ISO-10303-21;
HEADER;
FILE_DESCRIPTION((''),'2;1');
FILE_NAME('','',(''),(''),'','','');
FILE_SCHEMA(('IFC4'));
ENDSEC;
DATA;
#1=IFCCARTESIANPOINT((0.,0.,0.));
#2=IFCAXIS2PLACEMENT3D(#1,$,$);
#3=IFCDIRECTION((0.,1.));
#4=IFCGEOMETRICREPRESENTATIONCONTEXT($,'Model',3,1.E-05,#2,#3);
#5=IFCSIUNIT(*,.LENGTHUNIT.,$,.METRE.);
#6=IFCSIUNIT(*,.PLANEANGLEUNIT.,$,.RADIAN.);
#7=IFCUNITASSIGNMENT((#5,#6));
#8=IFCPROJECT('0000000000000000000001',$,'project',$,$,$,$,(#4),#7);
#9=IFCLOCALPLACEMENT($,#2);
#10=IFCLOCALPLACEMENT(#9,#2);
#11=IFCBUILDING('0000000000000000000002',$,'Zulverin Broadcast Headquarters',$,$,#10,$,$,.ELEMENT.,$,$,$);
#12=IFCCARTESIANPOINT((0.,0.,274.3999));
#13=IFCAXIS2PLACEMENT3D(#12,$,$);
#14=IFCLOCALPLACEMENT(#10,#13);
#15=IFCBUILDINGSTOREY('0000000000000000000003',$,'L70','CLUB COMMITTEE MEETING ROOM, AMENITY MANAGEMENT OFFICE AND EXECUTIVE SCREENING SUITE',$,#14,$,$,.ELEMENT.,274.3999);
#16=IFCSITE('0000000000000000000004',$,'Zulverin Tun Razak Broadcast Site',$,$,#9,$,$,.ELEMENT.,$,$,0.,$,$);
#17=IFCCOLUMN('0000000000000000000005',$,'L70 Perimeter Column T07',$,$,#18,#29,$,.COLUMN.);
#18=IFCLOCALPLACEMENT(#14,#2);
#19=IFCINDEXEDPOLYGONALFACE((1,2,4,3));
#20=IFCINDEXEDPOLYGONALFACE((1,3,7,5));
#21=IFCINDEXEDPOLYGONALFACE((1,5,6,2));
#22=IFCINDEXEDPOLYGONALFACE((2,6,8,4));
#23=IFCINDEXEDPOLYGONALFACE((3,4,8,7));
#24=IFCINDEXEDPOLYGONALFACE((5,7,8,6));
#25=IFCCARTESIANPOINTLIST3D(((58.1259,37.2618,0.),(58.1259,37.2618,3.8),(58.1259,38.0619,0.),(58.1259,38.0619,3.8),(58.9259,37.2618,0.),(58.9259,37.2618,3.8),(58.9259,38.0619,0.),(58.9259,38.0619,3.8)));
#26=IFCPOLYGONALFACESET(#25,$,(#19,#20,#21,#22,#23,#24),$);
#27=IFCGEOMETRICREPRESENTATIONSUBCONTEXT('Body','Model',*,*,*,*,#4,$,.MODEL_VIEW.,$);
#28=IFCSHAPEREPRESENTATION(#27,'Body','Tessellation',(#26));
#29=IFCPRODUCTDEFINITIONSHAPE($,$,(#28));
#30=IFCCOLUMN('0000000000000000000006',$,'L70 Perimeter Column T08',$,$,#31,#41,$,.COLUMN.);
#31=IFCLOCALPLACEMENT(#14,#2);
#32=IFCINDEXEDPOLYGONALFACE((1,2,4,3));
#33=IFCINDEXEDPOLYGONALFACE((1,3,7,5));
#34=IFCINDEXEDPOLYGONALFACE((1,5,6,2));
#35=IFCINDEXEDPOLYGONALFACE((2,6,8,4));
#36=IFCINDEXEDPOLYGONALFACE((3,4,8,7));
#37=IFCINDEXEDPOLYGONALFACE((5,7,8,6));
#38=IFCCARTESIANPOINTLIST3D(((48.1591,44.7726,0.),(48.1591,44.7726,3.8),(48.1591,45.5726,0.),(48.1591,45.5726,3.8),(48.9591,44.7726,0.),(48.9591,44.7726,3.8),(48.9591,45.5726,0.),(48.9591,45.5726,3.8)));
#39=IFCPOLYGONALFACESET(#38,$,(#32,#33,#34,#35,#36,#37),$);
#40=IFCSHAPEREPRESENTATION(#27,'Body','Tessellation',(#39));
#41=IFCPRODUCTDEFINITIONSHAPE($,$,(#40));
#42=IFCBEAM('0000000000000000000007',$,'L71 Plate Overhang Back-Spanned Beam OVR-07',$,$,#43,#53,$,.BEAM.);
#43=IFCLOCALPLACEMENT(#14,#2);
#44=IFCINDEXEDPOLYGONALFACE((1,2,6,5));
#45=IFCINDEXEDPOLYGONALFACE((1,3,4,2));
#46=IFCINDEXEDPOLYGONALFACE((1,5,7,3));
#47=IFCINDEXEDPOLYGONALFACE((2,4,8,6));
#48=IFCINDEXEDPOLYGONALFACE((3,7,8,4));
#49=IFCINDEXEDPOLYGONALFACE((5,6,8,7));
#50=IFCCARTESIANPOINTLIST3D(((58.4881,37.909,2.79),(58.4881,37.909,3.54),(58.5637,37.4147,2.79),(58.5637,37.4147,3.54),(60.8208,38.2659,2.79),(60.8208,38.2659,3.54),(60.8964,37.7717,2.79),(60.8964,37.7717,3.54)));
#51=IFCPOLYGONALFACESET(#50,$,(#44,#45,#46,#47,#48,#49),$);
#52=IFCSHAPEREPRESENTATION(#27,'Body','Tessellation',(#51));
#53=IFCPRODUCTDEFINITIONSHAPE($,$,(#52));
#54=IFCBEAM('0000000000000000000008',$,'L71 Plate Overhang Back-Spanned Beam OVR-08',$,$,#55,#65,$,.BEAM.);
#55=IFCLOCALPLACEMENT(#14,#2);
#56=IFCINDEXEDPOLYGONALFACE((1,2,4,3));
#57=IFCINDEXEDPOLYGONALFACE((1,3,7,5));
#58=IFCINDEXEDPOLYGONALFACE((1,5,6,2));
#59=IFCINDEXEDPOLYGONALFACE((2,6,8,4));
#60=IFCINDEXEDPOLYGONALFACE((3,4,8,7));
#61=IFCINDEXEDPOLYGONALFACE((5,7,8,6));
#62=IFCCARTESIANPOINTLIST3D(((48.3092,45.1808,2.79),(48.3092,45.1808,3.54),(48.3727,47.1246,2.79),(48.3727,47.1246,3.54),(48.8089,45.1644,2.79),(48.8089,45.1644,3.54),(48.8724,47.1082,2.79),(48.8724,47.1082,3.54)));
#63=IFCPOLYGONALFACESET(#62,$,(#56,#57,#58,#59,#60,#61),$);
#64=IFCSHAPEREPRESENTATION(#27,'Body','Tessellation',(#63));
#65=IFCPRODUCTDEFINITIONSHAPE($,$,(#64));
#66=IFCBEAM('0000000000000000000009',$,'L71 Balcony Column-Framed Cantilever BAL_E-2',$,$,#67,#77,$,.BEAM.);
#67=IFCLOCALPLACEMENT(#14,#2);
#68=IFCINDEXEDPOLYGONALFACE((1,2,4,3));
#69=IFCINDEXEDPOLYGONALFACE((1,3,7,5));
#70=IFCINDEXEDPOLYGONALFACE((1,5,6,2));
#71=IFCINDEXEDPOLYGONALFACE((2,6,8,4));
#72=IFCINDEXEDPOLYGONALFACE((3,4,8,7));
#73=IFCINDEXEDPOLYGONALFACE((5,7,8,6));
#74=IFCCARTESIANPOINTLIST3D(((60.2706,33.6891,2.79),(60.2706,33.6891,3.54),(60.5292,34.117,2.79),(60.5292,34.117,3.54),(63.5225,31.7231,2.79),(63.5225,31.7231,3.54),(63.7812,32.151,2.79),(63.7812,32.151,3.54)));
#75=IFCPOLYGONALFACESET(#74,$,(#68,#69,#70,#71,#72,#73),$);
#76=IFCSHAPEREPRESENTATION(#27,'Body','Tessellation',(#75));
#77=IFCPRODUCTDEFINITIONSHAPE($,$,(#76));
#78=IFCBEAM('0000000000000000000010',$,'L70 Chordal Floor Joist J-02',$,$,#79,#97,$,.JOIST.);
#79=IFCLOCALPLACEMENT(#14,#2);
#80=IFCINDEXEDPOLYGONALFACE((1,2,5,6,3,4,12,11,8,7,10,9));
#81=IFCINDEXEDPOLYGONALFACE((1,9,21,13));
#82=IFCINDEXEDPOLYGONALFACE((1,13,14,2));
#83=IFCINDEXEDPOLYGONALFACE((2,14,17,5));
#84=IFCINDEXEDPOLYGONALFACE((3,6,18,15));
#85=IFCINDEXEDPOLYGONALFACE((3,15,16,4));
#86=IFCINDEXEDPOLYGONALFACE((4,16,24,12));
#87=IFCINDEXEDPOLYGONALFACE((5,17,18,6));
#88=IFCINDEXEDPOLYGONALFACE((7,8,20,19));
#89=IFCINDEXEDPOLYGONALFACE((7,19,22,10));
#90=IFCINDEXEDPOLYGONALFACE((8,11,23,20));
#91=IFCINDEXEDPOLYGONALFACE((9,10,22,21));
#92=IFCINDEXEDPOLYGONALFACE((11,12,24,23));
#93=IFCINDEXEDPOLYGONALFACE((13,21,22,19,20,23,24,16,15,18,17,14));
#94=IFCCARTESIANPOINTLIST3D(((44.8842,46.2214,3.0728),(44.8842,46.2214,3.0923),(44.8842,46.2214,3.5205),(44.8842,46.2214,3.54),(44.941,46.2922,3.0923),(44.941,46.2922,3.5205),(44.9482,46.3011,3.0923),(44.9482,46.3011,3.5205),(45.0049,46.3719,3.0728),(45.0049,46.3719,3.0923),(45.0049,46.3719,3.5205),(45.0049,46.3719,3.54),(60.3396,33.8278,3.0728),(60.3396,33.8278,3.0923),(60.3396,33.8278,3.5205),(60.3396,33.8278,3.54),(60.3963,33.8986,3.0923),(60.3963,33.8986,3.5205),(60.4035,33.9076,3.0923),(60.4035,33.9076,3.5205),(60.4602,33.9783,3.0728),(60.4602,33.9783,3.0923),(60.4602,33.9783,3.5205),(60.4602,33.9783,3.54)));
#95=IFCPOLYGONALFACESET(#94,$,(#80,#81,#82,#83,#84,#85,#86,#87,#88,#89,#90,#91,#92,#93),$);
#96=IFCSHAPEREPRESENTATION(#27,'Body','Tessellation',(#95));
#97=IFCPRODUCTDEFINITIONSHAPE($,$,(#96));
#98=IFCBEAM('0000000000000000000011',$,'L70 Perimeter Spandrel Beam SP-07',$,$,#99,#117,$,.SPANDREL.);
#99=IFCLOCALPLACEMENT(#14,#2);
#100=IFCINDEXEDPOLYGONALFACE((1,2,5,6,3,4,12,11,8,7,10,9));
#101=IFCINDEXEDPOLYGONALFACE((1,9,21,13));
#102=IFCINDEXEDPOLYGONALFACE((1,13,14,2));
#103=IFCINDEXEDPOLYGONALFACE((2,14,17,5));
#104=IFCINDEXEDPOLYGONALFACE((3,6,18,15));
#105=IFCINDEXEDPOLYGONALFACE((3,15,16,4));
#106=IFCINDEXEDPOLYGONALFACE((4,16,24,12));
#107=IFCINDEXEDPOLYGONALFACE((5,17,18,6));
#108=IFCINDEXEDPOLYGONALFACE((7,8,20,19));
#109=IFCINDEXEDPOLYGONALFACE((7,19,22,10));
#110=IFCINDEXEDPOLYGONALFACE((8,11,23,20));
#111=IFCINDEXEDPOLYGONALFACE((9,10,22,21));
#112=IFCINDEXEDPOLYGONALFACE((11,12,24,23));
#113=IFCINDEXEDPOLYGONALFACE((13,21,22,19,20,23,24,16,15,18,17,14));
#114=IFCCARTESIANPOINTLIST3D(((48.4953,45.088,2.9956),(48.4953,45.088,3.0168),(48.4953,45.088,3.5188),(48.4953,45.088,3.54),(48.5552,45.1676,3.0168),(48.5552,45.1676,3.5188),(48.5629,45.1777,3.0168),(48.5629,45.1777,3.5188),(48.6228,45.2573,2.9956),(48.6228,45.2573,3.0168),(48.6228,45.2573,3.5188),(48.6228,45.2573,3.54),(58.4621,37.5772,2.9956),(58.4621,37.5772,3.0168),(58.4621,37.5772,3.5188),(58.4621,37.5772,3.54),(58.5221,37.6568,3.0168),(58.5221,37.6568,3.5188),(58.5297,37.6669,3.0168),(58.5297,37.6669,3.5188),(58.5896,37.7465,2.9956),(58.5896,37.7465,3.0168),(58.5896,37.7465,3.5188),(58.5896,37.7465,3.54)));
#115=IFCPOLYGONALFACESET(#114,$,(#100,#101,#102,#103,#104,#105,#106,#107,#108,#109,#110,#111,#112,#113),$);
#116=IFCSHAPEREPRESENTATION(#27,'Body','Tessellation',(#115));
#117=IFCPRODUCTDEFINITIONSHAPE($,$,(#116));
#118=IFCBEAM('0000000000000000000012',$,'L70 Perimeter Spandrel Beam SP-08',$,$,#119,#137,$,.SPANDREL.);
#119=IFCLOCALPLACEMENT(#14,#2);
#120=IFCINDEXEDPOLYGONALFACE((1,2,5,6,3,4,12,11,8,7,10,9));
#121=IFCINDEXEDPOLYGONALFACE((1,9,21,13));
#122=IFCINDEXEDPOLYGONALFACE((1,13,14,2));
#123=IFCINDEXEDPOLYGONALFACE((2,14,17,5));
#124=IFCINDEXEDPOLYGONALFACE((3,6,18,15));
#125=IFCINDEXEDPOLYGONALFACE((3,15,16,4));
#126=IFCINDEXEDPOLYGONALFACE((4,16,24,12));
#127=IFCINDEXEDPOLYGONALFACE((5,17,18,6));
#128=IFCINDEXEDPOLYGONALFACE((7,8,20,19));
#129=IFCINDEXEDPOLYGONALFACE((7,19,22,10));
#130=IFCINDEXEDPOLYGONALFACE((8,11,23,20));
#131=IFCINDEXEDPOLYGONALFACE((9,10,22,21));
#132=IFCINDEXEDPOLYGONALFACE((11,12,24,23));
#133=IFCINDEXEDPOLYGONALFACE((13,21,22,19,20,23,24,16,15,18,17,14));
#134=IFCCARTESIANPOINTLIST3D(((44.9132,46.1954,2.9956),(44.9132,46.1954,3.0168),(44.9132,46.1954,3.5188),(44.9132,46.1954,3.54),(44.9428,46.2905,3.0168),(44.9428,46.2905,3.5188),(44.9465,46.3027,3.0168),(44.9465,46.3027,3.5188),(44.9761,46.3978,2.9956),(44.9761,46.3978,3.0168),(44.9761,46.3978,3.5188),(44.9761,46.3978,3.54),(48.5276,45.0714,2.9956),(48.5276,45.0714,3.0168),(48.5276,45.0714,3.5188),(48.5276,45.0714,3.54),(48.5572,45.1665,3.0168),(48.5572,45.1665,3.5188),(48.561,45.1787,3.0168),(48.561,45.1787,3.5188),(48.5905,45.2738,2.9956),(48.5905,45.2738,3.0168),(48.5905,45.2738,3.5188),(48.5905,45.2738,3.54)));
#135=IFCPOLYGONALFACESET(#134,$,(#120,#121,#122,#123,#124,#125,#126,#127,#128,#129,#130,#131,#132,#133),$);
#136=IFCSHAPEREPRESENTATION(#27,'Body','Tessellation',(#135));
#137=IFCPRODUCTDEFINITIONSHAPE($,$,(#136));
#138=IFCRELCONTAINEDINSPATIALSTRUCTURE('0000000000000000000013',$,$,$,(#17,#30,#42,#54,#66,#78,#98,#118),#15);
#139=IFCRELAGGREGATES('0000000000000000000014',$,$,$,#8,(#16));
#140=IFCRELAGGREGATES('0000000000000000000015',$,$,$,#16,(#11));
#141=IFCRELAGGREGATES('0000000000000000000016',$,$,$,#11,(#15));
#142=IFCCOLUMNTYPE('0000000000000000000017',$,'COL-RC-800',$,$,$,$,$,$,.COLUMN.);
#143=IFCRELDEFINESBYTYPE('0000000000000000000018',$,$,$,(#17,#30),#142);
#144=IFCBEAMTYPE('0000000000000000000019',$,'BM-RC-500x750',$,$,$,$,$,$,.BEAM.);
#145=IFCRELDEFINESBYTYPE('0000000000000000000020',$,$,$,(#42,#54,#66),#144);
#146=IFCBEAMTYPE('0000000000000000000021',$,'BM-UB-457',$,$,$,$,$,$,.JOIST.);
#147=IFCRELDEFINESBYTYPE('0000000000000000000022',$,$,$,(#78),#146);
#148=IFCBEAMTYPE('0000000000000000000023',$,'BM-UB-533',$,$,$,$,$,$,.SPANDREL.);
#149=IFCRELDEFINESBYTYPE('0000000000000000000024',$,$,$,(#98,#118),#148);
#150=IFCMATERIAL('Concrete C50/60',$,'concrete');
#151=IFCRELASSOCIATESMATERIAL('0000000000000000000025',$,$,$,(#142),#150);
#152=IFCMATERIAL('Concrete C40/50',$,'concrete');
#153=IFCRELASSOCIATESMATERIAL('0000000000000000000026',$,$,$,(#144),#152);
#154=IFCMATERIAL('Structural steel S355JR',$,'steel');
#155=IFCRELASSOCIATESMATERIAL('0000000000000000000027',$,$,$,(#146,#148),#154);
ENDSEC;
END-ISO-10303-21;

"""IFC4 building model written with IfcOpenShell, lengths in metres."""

from ifc_helpers import new_model, si_unit, direction, frame, origin, origin_2d, place, context, subcontext, project, spatial, rectangle, i_section, extrude, material, material_profile, profile_set, type_object, element, save


model = new_model("IFC4")

# Units and contexts
model_context = context("Model", 3, precision=1e-05, world=origin(), true_north=direction((0.0, 1.0)))
body_context = subcontext(model_context, "Body", "Model", "MODEL_VIEW")
ifc_project = project(units=[si_unit("LENGTHUNIT", "METRE"), si_unit("PLANEANGLEUNIT", "RADIAN")], contexts=[model_context])

# Site, building, storey
site_placement = place(None, origin())
site = spatial("IfcSite", under=ifc_project, at=site_placement, Name="Zulverin Tun Razak Broadcast Site", CompositionType="ELEMENT", RefElevation=0.0)
building_placement = place(site_placement, origin())
building = spatial("IfcBuilding", under=site, at=building_placement, Name="Zulverin Broadcast Headquarters", CompositionType="ELEMENT")
storey_placement = place(building_placement, frame((0.0, 0.0, 274.3999)))
storey = spatial("IfcBuildingStorey", under=building, at=storey_placement, Name="L70", Description="CLUB COMMITTEE MEETING ROOM, AMENITY MANAGEMENT OFFICE AND EXECUTIVE SCREENING SUITE", CompositionType="ELEMENT", Elevation=274.3999)

# Columns
ifc_material_1 = material(Name="Concrete C50/60", Category="concrete")
ifc_material_profile_1 = material_profile(ifc_material_1, rectangle(XDim=0.8, YDim=0.8, at=origin_2d()), Name="Concrete C50/60", Category="concrete")
ifc_profile_set_1 = profile_set([ifc_material_profile_1], Name="Concrete C50/60")
column_type = type_object("IfcColumnType", Name="COL-RC-800", PredefinedType="COLUMN", material=ifc_profile_set_1)
for number, where, z_axis, x_axis, name in (
    (1, (58.5259, 37.6619, 0.0), (0.0, 0.0, 1.0), (1.0, 0.0, 0.0), "L70 Perimeter Column T07"),
    (2, (48.5591, 45.1726, 0.0), (0.0, 0.0, 1.0), (1.0, 0.0, 0.0), "L70 Perimeter Column T08"),
):
    element("IfcColumn", number, at=place(storey_placement, frame(where, z_axis=z_axis, x_axis=x_axis)), inside=storey, type_object=column_type, Name=name, PredefinedType="COLUMN", context=body_context, shape_type="SweptSolid", body=[
        extrude(rectangle(XDim=0.8, YDim=0.8, at=origin_2d()), origin(), (0.0, 0.0, 1.0), 3.8),
    ])

# Beams
ifc_material_2 = material(Name="Concrete C40/50", Category="concrete")
ifc_material_profile_2 = material_profile(ifc_material_2, rectangle(XDim=0.5, YDim=0.75, at=origin_2d()), Name="Concrete C40/50", Category="concrete")
ifc_profile_set_2 = profile_set([ifc_material_profile_2], Name="Concrete C40/50")
beam_type_1 = type_object("IfcBeamType", Name="BM-RC-500x750", PredefinedType="BEAM", material=ifc_profile_set_2)
beam_1_placement = place(storey_placement, frame((58.5259, 37.6619, 3.165), z_axis=(0.988496, 0.151249, 0.0), x_axis=(-0.151249, 0.988496, 0.0)))
element("IfcBeam", 3, at=beam_1_placement, inside=storey, type_object=beam_type_1, Name="L71 Plate Overhang Back-Spanned Beam OVR-07", PredefinedType="BEAM", context=body_context, shape_type="SweptSolid", body=[
    extrude(rectangle(XDim=0.5, YDim=0.75, at=origin_2d()), origin(), (0.0, 0.0, 1.0), 2.3599),
])
beam_2_placement = place(storey_placement, frame((48.5591, 45.1726, 3.165), z_axis=(0.032638, 0.999467, 0.0), x_axis=(-0.999467, 0.032638, 0.0)))
element("IfcBeam", 4, at=beam_2_placement, inside=storey, type_object=beam_type_1, Name="L71 Plate Overhang Back-Spanned Beam OVR-08", PredefinedType="BEAM", context=body_context, shape_type="SweptSolid", body=[
    extrude(rectangle(XDim=0.5, YDim=0.75, at=origin_2d()), origin(), (0.0, 0.0, 1.0), 1.9448),
])
beam_3_placement = place(storey_placement, frame((60.3999, 33.9031, 3.165), z_axis=(0.855759, -0.517374, 0.0), x_axis=(0.517374, 0.855759, 0.0)))
element("IfcBeam", 5, at=beam_3_placement, inside=storey, type_object=beam_type_1, Name="L71 Balcony Column-Framed Cantilever BAL_E-2", PredefinedType="BEAM", context=body_context, shape_type="SweptSolid", body=[
    extrude(rectangle(XDim=0.5, YDim=0.75, at=origin_2d()), origin(), (0.0, 0.0, 1.0), 3.8),
])
ifc_material_3 = material(Name="Structural steel S355JR", Category="steel")
ifc_material_profile_3 = material_profile(ifc_material_3, i_section(OverallWidth=0.1929, OverallDepth=0.4673, WebThickness=0.0115, FlangeThickness=0.0195, at=origin_2d()), Name="Structural steel S355JR", Category="steel")
ifc_profile_set_3 = profile_set([ifc_material_profile_3], Name="Structural steel S355JR")
beam_type_2 = type_object("IfcBeamType", Name="BM-UB-457", PredefinedType="JOIST", material=ifc_profile_set_3)
beam_4_placement = place(storey_placement, frame((60.3999, 33.9031, 3.3064), z_axis=(-0.780147, 0.625596, 0.0), x_axis=(-0.625596, -0.780147, 0.0)))
element("IfcBeam", 6, at=beam_4_placement, inside=storey, type_object=beam_type_2, Name="L70 Chordal Floor Joist J-02", PredefinedType="JOIST", context=body_context, shape_type="SweptSolid", body=[
    extrude(i_section(OverallWidth=0.1929, OverallDepth=0.4673, WebThickness=0.0115, FlangeThickness=0.0195, at=origin_2d()), origin(), (0.0, 0.0, 1.0), 19.8108),
])
ifc_material_profile_4 = material_profile(ifc_material_3, i_section(OverallWidth=0.2119, OverallDepth=0.5444, WebThickness=0.0127, FlangeThickness=0.0212, at=origin_2d()), Name="Structural steel S355JR", Category="steel")
ifc_profile_set_4 = profile_set([ifc_material_profile_4], Name="Structural steel S355JR")
beam_type_3 = type_object("IfcBeamType", Name="BM-UB-533", PredefinedType="SPANDREL", material=ifc_profile_set_4)
beam_5_placement = place(storey_placement, frame((58.5259, 37.6619, 3.2678), z_axis=(-0.798627, 0.601826, 0.0), x_axis=(-0.601826, -0.798627, 0.0)))
element("IfcBeam", 7, at=beam_5_placement, inside=storey, type_object=beam_type_3, Name="L70 Perimeter Spandrel Beam SP-07", PredefinedType="SPANDREL", context=body_context, shape_type="SweptSolid", body=[
    extrude(i_section(OverallWidth=0.2119, OverallDepth=0.5444, WebThickness=0.0127, FlangeThickness=0.0212, at=origin_2d()), origin(), (0.0, 0.0, 1.0), 12.48),
])
beam_6_placement = place(storey_placement, frame((48.5591, 45.1726, 3.2678), z_axis=(-0.954893, 0.296949, 0.0), x_axis=(-0.296949, -0.954893, 0.0)))
element("IfcBeam", 8, at=beam_6_placement, inside=storey, type_object=beam_type_3, Name="L70 Perimeter Spandrel Beam SP-08", PredefinedType="SPANDREL", context=body_context, shape_type="SweptSolid", body=[
    extrude(i_section(OverallWidth=0.2119, OverallDepth=0.5444, WebThickness=0.0127, FlangeThickness=0.0212, at=origin_2d()), origin(), (0.0, 0.0, 1.0), 3.7852),
])

save(model, "model.ifc")
